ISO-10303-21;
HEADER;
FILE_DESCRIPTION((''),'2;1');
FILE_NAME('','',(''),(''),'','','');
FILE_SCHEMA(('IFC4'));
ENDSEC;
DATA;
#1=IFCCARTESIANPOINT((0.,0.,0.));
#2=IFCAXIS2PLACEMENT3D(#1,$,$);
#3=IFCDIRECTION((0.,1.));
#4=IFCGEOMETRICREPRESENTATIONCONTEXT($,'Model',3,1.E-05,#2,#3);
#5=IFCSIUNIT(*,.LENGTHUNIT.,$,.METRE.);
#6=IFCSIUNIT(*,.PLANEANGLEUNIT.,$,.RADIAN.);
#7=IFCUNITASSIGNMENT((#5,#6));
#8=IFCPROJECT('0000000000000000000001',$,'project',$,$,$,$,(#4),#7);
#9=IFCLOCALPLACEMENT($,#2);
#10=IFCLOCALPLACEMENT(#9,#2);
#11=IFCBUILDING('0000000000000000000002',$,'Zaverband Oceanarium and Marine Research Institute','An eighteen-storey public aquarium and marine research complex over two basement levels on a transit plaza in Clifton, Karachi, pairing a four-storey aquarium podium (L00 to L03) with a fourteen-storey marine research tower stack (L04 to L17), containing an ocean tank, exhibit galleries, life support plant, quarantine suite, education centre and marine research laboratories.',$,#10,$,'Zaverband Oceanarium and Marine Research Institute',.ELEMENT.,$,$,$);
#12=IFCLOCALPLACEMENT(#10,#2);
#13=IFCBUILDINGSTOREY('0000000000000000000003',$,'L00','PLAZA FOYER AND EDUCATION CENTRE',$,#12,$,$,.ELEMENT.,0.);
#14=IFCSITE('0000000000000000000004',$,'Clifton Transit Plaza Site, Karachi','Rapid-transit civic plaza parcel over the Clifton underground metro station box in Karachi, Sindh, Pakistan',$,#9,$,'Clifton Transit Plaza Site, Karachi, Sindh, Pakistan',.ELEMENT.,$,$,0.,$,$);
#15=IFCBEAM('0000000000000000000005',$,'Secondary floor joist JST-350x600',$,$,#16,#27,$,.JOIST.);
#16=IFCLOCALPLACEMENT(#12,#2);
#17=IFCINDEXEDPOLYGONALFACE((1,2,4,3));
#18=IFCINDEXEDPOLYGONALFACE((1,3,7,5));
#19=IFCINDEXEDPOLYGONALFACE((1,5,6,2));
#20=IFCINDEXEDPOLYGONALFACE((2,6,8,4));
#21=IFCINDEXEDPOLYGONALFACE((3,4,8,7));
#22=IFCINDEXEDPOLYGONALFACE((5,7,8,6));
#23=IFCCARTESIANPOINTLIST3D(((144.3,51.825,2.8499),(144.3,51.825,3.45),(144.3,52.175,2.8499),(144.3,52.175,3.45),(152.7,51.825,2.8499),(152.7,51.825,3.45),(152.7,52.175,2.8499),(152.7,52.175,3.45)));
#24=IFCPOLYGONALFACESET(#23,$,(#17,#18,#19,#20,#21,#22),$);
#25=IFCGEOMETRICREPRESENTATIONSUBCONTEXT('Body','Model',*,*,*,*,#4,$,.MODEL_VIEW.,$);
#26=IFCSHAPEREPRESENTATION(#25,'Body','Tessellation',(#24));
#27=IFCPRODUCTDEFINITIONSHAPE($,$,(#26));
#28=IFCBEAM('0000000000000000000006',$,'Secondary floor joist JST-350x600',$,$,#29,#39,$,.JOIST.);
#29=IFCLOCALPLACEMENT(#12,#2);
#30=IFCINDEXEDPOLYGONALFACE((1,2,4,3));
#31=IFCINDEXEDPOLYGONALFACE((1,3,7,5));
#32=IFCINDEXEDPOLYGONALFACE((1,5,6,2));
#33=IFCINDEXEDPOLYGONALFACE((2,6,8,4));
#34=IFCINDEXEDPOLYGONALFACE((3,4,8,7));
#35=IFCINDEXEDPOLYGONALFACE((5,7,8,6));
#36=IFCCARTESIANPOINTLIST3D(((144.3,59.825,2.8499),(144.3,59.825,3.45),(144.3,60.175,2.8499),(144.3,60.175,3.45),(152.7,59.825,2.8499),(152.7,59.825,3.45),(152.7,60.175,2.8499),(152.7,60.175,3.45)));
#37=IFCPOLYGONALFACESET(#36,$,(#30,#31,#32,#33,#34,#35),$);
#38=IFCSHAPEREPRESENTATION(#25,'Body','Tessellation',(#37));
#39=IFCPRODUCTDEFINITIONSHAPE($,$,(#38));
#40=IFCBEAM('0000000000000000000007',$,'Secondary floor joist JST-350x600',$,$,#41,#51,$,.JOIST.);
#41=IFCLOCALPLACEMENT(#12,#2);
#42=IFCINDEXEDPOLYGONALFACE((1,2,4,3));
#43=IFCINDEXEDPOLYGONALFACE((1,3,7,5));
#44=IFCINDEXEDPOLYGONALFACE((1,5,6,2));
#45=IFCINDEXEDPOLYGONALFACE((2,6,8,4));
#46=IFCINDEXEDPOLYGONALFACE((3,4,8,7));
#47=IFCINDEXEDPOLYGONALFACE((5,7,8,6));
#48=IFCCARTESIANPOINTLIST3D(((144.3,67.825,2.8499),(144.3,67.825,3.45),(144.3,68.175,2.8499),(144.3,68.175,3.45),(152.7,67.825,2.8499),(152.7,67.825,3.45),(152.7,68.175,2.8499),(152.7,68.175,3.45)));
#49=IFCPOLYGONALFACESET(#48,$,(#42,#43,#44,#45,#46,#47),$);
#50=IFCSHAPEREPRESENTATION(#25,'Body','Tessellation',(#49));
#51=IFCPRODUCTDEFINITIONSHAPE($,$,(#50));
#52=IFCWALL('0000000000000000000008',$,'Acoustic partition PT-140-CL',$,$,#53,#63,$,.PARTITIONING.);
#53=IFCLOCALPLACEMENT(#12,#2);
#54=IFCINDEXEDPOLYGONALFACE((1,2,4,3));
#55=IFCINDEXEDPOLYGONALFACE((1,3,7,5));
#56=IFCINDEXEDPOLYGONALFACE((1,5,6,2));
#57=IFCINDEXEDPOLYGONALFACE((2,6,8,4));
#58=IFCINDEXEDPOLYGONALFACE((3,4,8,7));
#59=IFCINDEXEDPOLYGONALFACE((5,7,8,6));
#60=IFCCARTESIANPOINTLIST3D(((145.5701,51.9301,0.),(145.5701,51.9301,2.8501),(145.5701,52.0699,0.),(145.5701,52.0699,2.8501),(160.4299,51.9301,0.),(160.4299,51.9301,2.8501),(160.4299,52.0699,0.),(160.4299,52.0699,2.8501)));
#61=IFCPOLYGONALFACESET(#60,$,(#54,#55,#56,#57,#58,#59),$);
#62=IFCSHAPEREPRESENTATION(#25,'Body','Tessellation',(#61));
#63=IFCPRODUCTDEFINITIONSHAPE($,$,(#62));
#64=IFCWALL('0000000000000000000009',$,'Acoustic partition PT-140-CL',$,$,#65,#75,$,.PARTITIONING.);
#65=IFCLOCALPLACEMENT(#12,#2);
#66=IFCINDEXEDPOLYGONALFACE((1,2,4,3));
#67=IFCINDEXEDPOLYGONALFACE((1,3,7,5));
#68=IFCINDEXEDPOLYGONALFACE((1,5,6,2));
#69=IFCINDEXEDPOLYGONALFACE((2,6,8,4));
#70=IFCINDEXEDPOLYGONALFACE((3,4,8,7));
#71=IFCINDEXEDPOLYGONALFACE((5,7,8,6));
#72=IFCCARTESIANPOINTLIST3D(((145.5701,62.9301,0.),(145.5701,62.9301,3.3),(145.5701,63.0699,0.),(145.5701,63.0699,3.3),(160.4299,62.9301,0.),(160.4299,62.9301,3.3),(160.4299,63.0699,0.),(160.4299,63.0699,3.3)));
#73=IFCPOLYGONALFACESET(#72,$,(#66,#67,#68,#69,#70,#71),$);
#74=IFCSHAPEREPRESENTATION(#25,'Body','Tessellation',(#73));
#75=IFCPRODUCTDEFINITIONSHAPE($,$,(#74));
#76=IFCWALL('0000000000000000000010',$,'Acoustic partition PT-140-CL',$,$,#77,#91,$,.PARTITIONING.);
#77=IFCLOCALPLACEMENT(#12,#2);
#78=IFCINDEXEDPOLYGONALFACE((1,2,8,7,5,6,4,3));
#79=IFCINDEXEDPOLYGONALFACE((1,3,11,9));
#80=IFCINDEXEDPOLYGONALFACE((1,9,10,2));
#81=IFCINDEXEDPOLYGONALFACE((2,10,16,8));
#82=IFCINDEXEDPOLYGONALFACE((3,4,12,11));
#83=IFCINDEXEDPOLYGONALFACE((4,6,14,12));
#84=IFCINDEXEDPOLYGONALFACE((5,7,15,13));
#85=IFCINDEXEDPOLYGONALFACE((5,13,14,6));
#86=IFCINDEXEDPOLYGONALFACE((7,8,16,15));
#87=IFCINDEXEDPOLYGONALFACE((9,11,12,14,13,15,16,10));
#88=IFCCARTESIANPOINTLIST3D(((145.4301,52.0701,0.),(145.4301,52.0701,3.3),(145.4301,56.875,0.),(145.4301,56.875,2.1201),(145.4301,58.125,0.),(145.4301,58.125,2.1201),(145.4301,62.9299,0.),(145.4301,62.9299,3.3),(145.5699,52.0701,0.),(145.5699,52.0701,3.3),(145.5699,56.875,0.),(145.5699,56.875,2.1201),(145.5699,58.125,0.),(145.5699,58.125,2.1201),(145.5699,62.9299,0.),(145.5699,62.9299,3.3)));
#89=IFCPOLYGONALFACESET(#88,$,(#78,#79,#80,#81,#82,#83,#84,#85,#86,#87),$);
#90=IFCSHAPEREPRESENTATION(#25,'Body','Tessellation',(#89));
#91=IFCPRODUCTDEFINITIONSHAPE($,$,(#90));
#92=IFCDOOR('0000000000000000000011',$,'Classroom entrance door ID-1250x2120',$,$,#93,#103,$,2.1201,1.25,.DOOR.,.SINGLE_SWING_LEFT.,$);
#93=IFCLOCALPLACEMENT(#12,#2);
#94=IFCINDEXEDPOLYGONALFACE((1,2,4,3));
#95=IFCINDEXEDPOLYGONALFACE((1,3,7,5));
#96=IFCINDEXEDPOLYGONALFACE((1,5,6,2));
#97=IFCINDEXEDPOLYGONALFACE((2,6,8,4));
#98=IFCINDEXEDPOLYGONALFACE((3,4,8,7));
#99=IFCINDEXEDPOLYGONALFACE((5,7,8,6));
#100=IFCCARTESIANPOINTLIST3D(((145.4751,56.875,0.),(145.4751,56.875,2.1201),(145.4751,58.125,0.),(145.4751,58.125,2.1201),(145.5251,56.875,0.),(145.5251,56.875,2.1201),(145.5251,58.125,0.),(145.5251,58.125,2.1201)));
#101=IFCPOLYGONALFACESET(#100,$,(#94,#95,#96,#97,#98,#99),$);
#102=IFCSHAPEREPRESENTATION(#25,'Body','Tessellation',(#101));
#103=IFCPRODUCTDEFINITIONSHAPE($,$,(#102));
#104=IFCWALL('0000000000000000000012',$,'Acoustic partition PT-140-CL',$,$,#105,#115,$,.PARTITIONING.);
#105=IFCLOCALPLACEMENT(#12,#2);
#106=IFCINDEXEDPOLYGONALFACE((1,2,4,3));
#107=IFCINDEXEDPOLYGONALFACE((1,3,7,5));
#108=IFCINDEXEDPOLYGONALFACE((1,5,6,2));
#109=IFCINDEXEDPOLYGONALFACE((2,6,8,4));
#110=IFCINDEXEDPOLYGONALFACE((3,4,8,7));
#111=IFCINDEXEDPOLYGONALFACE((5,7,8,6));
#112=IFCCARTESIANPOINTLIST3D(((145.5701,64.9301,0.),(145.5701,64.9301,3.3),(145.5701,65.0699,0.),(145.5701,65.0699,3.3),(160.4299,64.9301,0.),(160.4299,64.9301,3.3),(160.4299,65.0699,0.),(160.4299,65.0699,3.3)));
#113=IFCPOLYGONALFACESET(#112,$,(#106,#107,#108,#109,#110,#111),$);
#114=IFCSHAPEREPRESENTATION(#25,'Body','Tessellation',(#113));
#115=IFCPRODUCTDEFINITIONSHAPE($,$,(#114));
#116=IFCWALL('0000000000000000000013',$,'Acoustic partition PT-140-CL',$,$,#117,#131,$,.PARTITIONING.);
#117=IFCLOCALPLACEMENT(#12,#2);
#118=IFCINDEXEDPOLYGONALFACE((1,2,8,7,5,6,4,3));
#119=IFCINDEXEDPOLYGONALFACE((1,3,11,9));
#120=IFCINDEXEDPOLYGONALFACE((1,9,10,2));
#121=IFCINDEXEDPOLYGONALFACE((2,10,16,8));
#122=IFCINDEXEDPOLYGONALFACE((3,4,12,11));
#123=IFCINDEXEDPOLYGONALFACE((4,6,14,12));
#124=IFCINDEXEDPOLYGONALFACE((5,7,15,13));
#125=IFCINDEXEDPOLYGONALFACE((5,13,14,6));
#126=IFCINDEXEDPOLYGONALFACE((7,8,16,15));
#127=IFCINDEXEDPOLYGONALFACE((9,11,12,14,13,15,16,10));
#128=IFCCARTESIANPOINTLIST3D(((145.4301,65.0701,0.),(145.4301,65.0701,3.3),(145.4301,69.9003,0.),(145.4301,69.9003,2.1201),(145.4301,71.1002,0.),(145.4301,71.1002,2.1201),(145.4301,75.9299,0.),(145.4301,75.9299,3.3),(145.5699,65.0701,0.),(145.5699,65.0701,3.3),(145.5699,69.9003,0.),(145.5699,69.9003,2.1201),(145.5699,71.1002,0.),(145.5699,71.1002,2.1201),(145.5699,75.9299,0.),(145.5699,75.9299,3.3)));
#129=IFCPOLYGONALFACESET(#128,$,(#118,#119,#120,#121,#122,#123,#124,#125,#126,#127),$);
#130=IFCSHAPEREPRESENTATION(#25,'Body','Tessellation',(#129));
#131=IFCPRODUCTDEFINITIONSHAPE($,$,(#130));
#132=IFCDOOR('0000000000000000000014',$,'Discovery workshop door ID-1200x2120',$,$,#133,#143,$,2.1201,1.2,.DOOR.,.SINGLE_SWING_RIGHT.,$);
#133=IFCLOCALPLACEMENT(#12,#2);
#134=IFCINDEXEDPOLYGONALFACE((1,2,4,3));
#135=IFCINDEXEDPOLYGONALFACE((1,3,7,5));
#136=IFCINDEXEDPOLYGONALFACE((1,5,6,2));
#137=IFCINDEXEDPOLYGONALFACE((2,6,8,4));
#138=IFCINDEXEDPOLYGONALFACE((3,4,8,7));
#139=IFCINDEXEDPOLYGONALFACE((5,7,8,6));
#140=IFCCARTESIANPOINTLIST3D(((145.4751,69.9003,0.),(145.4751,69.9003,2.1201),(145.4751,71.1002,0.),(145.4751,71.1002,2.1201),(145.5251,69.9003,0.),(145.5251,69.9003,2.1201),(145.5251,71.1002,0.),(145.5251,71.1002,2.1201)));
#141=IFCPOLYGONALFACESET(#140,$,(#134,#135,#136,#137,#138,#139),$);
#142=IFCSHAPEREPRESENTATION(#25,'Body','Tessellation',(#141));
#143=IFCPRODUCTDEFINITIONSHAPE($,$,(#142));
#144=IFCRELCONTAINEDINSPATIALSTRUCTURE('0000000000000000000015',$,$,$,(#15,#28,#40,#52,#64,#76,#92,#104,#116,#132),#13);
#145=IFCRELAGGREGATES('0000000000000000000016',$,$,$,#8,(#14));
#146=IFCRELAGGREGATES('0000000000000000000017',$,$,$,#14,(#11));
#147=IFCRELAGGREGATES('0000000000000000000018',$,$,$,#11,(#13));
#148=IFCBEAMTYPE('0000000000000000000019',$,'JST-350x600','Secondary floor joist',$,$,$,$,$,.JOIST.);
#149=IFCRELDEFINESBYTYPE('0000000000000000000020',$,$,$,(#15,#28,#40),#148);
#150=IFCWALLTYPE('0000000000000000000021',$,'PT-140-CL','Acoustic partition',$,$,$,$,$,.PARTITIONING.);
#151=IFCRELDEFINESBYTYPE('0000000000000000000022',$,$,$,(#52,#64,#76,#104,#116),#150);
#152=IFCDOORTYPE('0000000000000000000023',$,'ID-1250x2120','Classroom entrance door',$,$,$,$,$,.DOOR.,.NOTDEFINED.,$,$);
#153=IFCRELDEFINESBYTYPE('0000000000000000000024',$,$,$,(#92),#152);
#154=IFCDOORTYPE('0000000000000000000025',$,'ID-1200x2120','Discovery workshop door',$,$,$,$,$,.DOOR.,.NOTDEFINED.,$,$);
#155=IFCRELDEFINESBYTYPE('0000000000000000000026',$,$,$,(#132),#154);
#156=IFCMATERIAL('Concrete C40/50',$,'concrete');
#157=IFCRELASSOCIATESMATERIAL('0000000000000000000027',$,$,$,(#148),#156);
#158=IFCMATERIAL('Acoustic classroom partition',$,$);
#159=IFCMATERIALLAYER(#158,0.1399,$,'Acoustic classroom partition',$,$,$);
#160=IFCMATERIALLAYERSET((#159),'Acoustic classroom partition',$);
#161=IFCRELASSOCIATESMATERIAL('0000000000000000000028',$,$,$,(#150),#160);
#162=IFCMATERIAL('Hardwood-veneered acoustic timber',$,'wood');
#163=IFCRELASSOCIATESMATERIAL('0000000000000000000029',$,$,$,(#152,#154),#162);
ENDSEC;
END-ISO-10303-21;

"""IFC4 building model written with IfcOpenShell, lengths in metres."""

from ifc_helpers import new_model, si_unit, direction, frame, frame_2d, origin, origin_2d, place, context, subcontext, project, spatial, rectangle, extrude, material, layer, layer_set, material_profile, profile_set, type_object, element, fill, save


model = new_model("IFC4")

# Units and contexts
model_context = context("Model", 3, precision=1e-05, world=origin(), true_north=direction((0.0, 1.0)))
body_context = subcontext(model_context, "Body", "Model", "MODEL_VIEW")
ifc_project = project(units=[si_unit("LENGTHUNIT", "METRE"), si_unit("PLANEANGLEUNIT", "RADIAN")], contexts=[model_context])

# Site, building, storey
site_placement = place(None, origin())
site = spatial("IfcSite", under=ifc_project, at=site_placement, Name="Clifton Transit Plaza Site, Karachi", Description="Rapid-transit civic plaza parcel over the Clifton underground metro station box in Karachi, Sindh, Pakistan", LongName="Clifton Transit Plaza Site, Karachi, Sindh, Pakistan", CompositionType="ELEMENT", RefElevation=0.0)
building_placement = place(site_placement, origin())
building = spatial("IfcBuilding", under=site, at=building_placement, Name="Zaverband Oceanarium and Marine Research Institute", Description="An eighteen-storey public aquarium and marine research complex over two basement levels on a transit plaza in Clifton, Karachi, pairing a four-storey aquarium podium (L00 to L03) with a fourteen-storey marine research tower stack (L04 to L17), containing an ocean tank, exhibit galleries, life support plant, quarantine suite, education centre and marine research laboratories.", LongName="Zaverband Oceanarium and Marine Research Institute", CompositionType="ELEMENT")
storey_placement = place(building_placement, origin())
storey = spatial("IfcBuildingStorey", under=building, at=storey_placement, Name="L00", Description="PLAZA FOYER AND EDUCATION CENTRE", CompositionType="ELEMENT", Elevation=0.0)

# Beams
ifc_material_1 = material(Name="Concrete C40/50", Category="concrete")
ifc_material_profile_1 = material_profile(ifc_material_1, rectangle(XDim=0.3501, YDim=0.6001, at=origin_2d()), Name="RC350x600")
ifc_profile_set_1 = profile_set([ifc_material_profile_1], Name="Concrete C40/50")
beam_type_1 = type_object("IfcBeamType", Name="JST-350x600", Description="Secondary floor joist", PredefinedType="JOIST", material=ifc_profile_set_1)
for number, where, z_axis, x_axis, name in (
    (1, (144.3, 52.0, 3.1499), (1.0, 0.0, 0.0), (0.0, 1.0, 0.0), "Secondary floor joist JST-350x600"),
    (2, (144.3, 60.0, 3.1499), (1.0, 0.0, 0.0), (0.0, 1.0, 0.0), "Secondary floor joist JST-350x600"),
    (3, (144.3, 68.0, 3.1499), (1.0, 0.0, 0.0), (0.0, 1.0, 0.0), "Secondary floor joist JST-350x600"),
):
    element("IfcBeam", number, at=place(storey_placement, frame(where, z_axis=z_axis, x_axis=x_axis)), inside=storey, type_object=beam_type_1, Name=name, PredefinedType="JOIST", context=body_context, shape_type="SweptSolid", body=[
        extrude(rectangle(XDim=0.3501, YDim=0.6001, at=origin_2d()), origin(), (0.0, 0.0, 1.0), 8.3999),
    ])

# Walls
ifc_material_2 = material(Name="Acoustic classroom partition")
ifc_layer = layer(ifc_material_2, 0.1399, Name="Acoustic classroom partition")
ifc_layer_set = layer_set([ifc_layer], Name="Acoustic classroom partition")
wall_type = type_object("IfcWallType", Name="PT-140-CL", Description="Acoustic partition", PredefinedType="PARTITIONING", material=ifc_layer_set)
wall_1_placement = place(storey_placement, frame((145.5701, 52.0, 0.0), z_axis=(0.0, 0.0, 1.0), x_axis=(1.0, 0.0, 0.0)))
element("IfcWall", 4, at=wall_1_placement, inside=storey, type_object=wall_type, Name="Acoustic partition PT-140-CL", PredefinedType="PARTITIONING", context=body_context, shape_type="SweptSolid", body=[
    extrude(rectangle(XDim=14.8599, YDim=0.1399, at=frame_2d((7.4299, 0.0))), origin(), (0.0, 0.0, 1.0), 2.8501),
])
wall_2_placement = place(storey_placement, frame((145.5701, 63.0, 0.0), z_axis=(0.0, 0.0, 1.0), x_axis=(1.0, 0.0, 0.0)))
element("IfcWall", 5, at=wall_2_placement, inside=storey, type_object=wall_type, Name="Acoustic partition PT-140-CL", PredefinedType="PARTITIONING", context=body_context, shape_type="SweptSolid", body=[
    extrude(rectangle(XDim=14.8599, YDim=0.1399, at=frame_2d((7.4299, 0.0))), origin(), (0.0, 0.0, 1.0), 3.3),
])

# Wall, opening, door
wall_3_placement = place(storey_placement, frame((145.5, 52.0701, 0.0), z_axis=(0.0, 0.0, 1.0), x_axis=(0.0, 1.0, 0.0)))
wall_3 = element("IfcWall", 6, at=wall_3_placement, inside=storey, type_object=wall_type, Name="Acoustic partition PT-140-CL", PredefinedType="PARTITIONING", context=body_context, shape_type="SweptSolid", body=[
    extrude(rectangle(XDim=10.8599, YDim=0.1399, at=frame_2d((5.4299, 0.0))), origin(), (0.0, 0.0, 1.0), 3.3),
])
opening_1_placement = place(wall_3_placement, frame((4.8049, 0.0, 0.0)))
opening_1 = element("IfcOpeningElement", 7, at=opening_1_placement, cuts=wall_3, PredefinedType="OPENING", context=body_context, shape_type="SweptSolid", body=[
    extrude(rectangle(XDim=1.25, YDim=2.1201, at=frame_2d((0.625, 1.0601))), frame((0.0, 0.082, 0.0), z_axis=(0.0, -1.0, 0.0), x_axis=(1.0, 0.0, 0.0)), (0.0, 0.0, 1.0), 0.1638),
])
ifc_material_3 = material(Name="Hardwood-veneered acoustic timber", Category="wood")
door_type_1 = type_object("IfcDoorType", Name="ID-1250x2120", Description="Classroom entrance door", OperationType="NOTDEFINED", PredefinedType="DOOR", material=ifc_material_3)
door_1_placement = place(opening_1_placement, origin())
door_1 = element("IfcDoor", 8, at=door_1_placement, inside=storey, type_object=door_type_1, Name="Classroom entrance door ID-1250x2120", OperationType="SINGLE_SWING_LEFT", OverallHeight=2.1201, OverallWidth=1.25, PredefinedType="DOOR", context=body_context, shape_type="SweptSolid", body=[
    extrude(rectangle(XDim=1.25, YDim=2.1201, at=frame_2d((0.625, 1.0601))), frame((0.0, 0.0249, 0.0), z_axis=(0.0, -1.0, 0.0), x_axis=(1.0, 0.0, 0.0)), (0.0, 0.0, 1.0), 0.05),
])
fill(opening_1, door_1)

# Wall
wall_4_placement = place(storey_placement, frame((145.5701, 65.0, 0.0), z_axis=(0.0, 0.0, 1.0), x_axis=(1.0, 0.0, 0.0)))
element("IfcWall", 9, at=wall_4_placement, inside=storey, type_object=wall_type, Name="Acoustic partition PT-140-CL", PredefinedType="PARTITIONING", context=body_context, shape_type="SweptSolid", body=[
    extrude(rectangle(XDim=14.8599, YDim=0.1399, at=frame_2d((7.4299, 0.0))), origin(), (0.0, 0.0, 1.0), 3.3),
])

# Wall, opening, door
wall_5_placement = place(storey_placement, frame((145.5, 65.0701, 0.0), z_axis=(0.0, 0.0, 1.0), x_axis=(0.0, 1.0, 0.0)))
wall_5 = element("IfcWall", 10, at=wall_5_placement, inside=storey, type_object=wall_type, Name="Acoustic partition PT-140-CL", PredefinedType="PARTITIONING", context=body_context, shape_type="SweptSolid", body=[
    extrude(rectangle(XDim=10.8599, YDim=0.1399, at=frame_2d((5.4299, 0.0))), origin(), (0.0, 0.0, 1.0), 3.3),
])
opening_2_placement = place(wall_5_placement, frame((4.8301, 0.0, 0.0)))
opening_2 = element("IfcOpeningElement", 11, at=opening_2_placement, cuts=wall_5, PredefinedType="OPENING", context=body_context, shape_type="SweptSolid", body=[
    extrude(rectangle(XDim=1.2, YDim=2.1201, at=frame_2d((0.6001, 1.0601))), frame((0.0, 0.082, 0.0), z_axis=(0.0, -1.0, 0.0), x_axis=(1.0, 0.0, 0.0)), (0.0, 0.0, 1.0), 0.1638),
])
door_type_2 = type_object("IfcDoorType", Name="ID-1200x2120", Description="Discovery workshop door", OperationType="NOTDEFINED", PredefinedType="DOOR", material=ifc_material_3)
door_2_placement = place(opening_2_placement, origin())
door_2 = element("IfcDoor", 12, at=door_2_placement, inside=storey, type_object=door_type_2, Name="Discovery workshop door ID-1200x2120", OperationType="SINGLE_SWING_RIGHT", OverallHeight=2.1201, OverallWidth=1.2, PredefinedType="DOOR", context=body_context, shape_type="SweptSolid", body=[
    extrude(rectangle(XDim=1.2, YDim=2.1201, at=frame_2d((0.6001, 1.0601))), frame((0.0, 0.0249, 0.0), z_axis=(0.0, -1.0, 0.0), x_axis=(1.0, 0.0, 0.0)), (0.0, 0.0, 1.0), 0.05),
])
fill(opening_2, door_2)

save(model, "model.ifc")
